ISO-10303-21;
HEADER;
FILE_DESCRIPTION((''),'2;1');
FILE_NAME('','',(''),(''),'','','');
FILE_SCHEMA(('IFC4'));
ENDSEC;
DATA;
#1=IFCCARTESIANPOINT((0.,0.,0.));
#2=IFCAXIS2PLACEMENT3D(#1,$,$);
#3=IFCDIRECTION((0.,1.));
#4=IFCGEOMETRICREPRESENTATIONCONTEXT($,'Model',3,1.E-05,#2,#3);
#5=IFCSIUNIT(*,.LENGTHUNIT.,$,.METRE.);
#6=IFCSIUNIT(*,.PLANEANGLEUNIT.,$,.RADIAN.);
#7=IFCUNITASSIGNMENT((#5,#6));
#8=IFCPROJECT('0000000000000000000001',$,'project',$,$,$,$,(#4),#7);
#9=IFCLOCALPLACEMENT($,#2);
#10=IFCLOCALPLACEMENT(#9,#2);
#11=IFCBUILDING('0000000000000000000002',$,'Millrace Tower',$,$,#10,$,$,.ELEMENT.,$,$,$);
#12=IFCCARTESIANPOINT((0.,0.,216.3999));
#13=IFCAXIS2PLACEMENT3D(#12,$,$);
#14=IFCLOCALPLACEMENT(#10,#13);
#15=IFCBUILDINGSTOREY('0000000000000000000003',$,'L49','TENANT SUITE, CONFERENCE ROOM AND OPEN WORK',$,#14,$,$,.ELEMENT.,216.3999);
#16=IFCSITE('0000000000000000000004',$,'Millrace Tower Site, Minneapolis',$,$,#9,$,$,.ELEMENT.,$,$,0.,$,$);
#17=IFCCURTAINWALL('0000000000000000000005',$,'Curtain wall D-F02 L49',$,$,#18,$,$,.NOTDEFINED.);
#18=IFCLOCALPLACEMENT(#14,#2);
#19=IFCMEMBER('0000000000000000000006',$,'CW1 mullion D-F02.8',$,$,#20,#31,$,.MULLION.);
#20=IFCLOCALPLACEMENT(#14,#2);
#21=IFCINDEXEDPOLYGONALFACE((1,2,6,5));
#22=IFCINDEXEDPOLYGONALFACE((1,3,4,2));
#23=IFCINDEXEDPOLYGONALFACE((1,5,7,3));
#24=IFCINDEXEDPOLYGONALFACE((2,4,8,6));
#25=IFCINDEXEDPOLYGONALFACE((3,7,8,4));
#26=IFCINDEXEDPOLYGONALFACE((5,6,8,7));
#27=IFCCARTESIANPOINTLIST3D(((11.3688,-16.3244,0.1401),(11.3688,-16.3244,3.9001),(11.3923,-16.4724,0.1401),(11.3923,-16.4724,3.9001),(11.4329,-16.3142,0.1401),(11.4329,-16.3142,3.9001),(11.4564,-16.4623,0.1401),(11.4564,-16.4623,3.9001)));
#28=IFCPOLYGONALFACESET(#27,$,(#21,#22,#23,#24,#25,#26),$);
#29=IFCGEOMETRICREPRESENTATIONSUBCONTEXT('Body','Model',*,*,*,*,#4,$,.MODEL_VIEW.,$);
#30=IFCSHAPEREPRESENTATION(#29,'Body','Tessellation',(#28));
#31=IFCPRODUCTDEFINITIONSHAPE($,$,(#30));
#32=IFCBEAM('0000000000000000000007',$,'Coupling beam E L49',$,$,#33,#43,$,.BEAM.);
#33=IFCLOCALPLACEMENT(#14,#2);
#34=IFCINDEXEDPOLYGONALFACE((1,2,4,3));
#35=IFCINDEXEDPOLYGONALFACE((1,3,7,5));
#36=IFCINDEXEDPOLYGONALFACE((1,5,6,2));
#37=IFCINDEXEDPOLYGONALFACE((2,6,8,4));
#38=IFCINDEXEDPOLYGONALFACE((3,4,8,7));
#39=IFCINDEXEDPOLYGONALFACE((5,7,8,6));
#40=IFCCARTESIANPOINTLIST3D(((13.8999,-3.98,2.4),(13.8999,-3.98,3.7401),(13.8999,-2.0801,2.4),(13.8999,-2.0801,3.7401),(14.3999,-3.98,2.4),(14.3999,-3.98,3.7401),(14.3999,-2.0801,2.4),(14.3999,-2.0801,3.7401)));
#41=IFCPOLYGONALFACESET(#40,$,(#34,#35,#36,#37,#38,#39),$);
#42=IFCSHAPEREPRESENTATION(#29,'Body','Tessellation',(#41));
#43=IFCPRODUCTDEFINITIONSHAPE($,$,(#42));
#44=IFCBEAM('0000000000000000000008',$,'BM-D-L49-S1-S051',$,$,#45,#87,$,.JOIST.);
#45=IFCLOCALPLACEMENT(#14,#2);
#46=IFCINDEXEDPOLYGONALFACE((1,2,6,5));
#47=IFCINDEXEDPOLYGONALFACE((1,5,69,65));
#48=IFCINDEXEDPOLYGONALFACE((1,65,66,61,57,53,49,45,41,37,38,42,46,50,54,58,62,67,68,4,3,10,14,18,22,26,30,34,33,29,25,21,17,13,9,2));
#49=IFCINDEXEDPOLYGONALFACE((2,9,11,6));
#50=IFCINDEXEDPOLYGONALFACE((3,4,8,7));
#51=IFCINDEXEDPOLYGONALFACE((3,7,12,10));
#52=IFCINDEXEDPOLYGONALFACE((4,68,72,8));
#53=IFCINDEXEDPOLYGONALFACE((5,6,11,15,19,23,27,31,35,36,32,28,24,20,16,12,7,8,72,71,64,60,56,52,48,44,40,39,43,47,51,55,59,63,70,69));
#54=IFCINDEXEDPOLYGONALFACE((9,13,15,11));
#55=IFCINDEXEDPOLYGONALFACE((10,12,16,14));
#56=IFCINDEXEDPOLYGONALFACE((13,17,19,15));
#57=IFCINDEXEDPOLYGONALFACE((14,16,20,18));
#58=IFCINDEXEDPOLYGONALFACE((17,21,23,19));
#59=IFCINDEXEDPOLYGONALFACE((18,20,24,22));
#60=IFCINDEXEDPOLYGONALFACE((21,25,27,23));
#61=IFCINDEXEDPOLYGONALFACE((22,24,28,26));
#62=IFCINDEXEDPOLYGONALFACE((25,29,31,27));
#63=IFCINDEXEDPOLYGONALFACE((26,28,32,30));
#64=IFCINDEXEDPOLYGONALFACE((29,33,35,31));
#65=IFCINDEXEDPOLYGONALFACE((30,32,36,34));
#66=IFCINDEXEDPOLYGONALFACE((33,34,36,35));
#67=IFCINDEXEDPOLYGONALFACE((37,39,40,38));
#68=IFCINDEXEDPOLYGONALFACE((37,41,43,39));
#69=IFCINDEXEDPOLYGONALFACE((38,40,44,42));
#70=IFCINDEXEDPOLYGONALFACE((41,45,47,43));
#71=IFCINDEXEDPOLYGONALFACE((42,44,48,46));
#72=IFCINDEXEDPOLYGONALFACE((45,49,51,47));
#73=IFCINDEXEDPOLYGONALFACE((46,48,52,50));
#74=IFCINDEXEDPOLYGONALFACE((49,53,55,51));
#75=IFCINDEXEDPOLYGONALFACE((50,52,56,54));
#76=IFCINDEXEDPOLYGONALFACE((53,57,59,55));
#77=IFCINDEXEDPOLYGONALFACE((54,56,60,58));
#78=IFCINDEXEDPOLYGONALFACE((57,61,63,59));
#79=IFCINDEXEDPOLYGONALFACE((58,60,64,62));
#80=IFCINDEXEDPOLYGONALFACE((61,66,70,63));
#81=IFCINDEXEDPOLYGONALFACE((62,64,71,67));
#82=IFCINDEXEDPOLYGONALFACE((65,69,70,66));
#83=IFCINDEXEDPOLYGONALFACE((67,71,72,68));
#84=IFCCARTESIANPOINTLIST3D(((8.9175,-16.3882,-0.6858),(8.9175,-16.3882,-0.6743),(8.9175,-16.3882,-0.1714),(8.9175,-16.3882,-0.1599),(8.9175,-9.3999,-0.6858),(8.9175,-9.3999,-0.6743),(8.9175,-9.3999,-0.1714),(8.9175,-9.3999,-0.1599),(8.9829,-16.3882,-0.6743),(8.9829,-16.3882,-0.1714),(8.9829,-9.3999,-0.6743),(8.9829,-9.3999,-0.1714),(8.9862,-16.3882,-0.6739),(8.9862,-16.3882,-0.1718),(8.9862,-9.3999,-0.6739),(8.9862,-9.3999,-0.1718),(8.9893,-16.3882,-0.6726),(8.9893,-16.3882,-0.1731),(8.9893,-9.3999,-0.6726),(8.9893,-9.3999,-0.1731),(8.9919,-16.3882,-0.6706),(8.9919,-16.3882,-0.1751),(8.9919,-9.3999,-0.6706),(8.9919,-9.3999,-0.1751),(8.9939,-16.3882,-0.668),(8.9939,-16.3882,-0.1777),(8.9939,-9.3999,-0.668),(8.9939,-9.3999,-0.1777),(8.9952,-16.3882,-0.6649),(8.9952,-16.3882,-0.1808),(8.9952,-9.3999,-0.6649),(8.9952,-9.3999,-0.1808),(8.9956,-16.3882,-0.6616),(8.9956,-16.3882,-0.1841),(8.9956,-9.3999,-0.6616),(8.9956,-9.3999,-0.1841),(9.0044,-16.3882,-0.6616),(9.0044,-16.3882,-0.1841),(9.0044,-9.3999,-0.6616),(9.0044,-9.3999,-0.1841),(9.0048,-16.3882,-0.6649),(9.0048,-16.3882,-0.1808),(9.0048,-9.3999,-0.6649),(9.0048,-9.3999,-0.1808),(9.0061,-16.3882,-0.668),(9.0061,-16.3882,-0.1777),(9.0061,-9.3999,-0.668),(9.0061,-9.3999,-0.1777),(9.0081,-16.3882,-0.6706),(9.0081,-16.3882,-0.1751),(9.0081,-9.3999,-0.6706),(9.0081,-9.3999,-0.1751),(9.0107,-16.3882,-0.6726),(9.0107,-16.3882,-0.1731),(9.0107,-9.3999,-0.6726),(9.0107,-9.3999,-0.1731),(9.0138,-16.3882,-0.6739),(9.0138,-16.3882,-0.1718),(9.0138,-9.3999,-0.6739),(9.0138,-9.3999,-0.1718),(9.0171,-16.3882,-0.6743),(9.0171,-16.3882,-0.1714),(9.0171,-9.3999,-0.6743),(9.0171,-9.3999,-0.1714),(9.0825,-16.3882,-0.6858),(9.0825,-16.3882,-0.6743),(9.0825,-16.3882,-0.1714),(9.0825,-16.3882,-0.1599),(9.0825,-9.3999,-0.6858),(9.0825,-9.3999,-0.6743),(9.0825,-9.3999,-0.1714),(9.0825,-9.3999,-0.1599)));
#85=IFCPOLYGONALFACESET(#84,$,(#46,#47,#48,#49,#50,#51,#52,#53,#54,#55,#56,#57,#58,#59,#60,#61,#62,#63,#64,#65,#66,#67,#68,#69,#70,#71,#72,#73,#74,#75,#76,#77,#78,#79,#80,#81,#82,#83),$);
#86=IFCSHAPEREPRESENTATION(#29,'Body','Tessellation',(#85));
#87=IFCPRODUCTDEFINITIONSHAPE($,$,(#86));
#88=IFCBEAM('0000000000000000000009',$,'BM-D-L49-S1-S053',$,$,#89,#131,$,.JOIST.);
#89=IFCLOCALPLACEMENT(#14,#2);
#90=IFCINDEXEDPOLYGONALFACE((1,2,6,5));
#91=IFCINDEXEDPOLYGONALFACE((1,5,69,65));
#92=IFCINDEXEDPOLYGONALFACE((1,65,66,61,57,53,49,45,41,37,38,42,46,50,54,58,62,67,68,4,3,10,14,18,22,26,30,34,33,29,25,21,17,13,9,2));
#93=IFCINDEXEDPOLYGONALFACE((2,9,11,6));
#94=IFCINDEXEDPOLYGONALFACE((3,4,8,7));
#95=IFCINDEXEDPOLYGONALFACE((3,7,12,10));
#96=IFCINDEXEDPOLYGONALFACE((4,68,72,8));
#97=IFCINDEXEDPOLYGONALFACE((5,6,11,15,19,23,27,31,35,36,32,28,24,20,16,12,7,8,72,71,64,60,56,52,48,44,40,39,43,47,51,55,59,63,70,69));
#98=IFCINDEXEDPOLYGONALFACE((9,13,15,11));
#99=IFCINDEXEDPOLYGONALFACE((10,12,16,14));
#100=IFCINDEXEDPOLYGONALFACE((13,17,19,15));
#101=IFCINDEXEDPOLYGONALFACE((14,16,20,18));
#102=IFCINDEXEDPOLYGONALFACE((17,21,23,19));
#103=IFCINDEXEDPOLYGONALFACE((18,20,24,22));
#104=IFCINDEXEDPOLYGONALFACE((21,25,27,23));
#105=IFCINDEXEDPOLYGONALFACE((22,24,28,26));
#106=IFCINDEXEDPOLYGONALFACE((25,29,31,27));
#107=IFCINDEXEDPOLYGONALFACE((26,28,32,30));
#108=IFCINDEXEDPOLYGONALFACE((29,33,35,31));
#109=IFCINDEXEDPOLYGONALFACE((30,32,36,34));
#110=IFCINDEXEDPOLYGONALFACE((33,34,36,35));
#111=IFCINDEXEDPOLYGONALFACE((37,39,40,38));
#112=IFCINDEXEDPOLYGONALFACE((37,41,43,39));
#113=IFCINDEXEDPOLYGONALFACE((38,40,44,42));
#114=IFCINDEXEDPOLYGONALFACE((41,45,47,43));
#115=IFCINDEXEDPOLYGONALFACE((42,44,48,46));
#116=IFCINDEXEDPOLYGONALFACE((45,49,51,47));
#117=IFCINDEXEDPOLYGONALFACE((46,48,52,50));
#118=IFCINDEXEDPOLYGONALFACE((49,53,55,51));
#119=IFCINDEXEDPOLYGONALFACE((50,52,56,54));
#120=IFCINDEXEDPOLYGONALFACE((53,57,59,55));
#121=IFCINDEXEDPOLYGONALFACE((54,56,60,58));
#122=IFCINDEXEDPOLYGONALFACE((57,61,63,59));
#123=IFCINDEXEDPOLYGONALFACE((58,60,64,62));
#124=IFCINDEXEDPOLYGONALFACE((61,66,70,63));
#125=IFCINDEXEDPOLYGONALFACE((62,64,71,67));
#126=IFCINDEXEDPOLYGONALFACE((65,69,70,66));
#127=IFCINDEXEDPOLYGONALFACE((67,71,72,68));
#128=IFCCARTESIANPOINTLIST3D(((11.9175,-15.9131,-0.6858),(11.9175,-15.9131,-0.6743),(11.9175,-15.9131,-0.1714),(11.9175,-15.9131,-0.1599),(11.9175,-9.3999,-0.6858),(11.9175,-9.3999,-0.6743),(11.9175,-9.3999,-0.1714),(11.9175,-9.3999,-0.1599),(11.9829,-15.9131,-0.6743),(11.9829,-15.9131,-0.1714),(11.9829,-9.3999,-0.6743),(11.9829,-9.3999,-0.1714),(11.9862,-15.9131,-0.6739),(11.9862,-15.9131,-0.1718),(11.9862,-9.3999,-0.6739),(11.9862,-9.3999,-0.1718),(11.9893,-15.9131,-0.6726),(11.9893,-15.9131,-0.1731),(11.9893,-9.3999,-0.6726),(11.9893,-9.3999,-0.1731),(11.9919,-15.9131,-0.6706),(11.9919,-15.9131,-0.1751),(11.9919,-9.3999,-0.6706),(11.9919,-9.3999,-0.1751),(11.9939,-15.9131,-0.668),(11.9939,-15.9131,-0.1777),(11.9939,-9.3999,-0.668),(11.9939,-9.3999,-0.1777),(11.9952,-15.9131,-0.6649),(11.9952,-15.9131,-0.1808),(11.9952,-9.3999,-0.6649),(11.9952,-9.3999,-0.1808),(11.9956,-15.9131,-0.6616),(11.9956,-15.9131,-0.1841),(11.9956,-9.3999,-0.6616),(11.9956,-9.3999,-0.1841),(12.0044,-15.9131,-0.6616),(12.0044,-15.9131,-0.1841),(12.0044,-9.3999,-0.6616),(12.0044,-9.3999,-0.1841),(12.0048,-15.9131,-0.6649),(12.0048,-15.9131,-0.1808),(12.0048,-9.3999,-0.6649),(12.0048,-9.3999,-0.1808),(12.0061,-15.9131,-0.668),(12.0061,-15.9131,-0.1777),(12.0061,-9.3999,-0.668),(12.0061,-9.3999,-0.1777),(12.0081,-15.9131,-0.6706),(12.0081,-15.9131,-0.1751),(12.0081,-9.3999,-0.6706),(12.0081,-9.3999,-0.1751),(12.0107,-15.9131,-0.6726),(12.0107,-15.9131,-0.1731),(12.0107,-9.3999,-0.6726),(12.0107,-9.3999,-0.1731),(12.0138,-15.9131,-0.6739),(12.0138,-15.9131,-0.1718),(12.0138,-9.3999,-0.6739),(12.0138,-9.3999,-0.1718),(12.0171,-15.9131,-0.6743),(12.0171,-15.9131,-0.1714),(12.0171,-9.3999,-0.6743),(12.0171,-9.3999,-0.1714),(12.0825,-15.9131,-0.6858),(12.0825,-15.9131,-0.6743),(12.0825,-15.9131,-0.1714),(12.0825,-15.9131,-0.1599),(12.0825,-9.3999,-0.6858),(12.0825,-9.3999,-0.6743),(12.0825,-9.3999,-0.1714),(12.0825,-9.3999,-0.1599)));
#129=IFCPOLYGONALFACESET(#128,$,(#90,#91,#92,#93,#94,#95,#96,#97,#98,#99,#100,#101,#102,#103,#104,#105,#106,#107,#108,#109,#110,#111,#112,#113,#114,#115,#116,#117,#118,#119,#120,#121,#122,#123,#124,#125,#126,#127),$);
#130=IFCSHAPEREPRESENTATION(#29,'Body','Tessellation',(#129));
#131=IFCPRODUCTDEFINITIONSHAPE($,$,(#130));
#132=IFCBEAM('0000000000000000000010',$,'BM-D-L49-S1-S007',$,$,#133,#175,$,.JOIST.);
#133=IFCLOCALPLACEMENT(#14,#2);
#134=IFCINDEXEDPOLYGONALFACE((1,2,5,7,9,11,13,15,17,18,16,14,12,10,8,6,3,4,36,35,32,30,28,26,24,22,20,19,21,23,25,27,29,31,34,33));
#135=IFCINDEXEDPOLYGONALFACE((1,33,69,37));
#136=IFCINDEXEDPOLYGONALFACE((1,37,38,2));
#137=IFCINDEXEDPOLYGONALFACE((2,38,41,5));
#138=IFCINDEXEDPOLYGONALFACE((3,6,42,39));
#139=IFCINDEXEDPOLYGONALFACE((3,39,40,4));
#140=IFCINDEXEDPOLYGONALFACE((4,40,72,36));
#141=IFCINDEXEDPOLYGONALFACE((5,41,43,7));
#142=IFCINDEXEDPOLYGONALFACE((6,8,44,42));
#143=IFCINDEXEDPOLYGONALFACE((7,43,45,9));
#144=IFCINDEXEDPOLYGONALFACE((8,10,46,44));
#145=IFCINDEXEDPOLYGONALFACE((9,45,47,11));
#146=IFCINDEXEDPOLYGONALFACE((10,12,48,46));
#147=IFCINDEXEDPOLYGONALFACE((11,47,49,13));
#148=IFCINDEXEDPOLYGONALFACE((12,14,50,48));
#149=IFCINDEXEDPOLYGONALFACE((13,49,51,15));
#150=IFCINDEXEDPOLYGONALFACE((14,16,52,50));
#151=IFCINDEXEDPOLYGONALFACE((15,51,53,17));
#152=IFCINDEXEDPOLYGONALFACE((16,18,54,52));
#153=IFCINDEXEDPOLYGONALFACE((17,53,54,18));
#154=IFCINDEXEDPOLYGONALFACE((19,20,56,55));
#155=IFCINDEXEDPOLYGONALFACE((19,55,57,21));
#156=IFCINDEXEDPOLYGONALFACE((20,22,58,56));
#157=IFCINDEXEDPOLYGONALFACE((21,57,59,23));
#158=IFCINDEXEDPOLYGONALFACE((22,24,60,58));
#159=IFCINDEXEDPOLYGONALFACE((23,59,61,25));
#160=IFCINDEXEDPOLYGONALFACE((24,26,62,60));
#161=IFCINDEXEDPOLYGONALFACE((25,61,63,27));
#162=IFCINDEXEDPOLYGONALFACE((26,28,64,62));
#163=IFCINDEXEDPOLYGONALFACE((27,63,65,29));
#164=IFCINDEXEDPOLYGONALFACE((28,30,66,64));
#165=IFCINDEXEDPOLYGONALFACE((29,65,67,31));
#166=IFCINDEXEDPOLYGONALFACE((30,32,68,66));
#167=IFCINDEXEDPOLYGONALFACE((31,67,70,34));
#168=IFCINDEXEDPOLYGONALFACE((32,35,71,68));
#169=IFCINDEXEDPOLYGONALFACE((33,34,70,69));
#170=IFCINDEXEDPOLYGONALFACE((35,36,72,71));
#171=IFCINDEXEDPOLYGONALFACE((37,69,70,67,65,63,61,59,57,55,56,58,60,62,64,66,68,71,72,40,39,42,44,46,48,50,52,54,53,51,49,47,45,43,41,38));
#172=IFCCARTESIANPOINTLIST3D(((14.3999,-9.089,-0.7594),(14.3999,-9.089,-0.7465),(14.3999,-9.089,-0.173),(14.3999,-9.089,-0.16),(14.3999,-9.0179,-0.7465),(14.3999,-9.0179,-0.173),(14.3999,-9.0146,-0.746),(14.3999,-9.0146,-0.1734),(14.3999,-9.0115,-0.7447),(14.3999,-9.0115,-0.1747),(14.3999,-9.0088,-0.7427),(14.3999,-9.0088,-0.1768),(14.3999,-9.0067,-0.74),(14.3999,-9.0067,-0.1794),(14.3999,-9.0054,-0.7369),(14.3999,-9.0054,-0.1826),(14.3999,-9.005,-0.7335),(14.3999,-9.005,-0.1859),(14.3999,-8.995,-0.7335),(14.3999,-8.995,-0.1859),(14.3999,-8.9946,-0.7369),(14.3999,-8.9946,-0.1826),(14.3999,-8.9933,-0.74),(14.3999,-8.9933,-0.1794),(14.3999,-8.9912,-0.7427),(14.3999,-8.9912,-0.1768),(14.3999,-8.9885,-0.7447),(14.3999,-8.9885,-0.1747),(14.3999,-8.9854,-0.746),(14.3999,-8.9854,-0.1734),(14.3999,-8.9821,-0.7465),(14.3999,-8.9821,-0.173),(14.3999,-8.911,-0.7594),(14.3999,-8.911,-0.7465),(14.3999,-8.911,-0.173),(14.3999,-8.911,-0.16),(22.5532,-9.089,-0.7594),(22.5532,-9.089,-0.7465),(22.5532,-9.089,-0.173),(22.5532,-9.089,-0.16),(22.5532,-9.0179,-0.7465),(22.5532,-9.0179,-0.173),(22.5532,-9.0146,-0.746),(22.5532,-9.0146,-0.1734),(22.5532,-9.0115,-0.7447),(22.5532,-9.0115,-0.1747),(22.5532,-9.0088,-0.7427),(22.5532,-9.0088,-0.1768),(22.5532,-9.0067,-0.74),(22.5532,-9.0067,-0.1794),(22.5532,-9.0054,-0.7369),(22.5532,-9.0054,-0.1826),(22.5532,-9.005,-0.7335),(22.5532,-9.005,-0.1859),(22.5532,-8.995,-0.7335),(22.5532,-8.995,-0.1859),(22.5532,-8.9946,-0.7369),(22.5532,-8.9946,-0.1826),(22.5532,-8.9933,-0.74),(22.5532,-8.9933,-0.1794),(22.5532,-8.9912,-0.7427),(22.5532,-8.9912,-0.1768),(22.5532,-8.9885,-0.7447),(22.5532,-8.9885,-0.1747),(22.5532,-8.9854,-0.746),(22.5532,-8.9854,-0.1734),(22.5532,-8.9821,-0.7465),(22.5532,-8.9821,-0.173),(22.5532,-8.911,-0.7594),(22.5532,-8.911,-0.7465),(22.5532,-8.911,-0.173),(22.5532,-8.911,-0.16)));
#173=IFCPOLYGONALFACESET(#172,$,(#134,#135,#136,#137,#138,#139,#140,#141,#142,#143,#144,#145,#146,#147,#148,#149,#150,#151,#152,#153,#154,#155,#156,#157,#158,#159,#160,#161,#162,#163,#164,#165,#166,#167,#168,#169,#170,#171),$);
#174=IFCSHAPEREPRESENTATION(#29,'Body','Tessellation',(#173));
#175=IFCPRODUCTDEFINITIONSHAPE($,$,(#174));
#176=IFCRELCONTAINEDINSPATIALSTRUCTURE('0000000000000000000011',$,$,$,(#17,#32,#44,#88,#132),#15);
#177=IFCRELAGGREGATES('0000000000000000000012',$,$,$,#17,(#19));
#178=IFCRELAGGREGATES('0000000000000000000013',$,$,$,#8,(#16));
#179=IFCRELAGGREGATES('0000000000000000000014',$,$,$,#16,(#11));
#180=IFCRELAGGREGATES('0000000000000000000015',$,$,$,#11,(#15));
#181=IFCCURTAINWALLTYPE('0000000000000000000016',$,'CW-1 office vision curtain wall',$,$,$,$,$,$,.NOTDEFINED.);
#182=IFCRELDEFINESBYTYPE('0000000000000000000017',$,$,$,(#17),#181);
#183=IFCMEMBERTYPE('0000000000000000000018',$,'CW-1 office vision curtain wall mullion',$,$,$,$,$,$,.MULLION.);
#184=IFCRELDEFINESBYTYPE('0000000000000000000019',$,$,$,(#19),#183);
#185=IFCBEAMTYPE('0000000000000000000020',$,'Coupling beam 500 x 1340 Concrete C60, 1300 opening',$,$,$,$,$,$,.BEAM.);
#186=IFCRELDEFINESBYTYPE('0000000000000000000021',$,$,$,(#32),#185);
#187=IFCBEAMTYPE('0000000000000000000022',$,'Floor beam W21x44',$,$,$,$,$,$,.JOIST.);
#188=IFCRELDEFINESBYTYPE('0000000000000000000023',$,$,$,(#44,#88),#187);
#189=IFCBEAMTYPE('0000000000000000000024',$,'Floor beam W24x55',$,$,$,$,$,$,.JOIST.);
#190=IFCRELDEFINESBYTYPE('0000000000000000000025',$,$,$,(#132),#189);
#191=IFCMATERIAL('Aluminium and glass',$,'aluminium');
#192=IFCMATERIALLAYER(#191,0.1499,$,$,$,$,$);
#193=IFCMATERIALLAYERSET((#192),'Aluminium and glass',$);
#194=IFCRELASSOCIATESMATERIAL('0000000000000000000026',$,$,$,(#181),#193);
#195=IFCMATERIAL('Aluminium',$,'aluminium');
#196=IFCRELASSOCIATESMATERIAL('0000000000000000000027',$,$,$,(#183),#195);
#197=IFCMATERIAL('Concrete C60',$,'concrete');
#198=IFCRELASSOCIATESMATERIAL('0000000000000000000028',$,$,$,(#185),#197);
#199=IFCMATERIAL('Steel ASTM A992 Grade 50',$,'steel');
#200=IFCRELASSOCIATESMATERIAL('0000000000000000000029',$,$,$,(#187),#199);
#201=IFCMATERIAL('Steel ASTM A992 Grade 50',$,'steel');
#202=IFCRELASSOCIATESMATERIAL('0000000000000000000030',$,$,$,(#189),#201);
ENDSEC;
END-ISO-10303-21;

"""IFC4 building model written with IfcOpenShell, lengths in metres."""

from ifc_helpers import new_model, si_unit, direction, frame, origin, origin_2d, place, context, subcontext, project, spatial, rectangle, i_section, extrude, material, layer, layer_set, material_profile, profile_set, type_object, element, aggregate, save


model = new_model("IFC4")

# Units and contexts
model_context = context("Model", 3, precision=1e-05, world=origin(), true_north=direction((0.0, 1.0)))
body_context = subcontext(model_context, "Body", "Model", "MODEL_VIEW")
ifc_project = project(units=[si_unit("LENGTHUNIT", "METRE"), si_unit("PLANEANGLEUNIT", "RADIAN")], contexts=[model_context])

# Site, building, storey
site_placement = place(None, origin())
site = spatial("IfcSite", under=ifc_project, at=site_placement, Name="Millrace Tower Site, Minneapolis", CompositionType="ELEMENT", RefElevation=0.0)
building_placement = place(site_placement, origin())
building = spatial("IfcBuilding", under=site, at=building_placement, Name="Millrace Tower", CompositionType="ELEMENT")
storey_placement = place(building_placement, frame((0.0, 0.0, 216.3999)))
storey = spatial("IfcBuildingStorey", under=building, at=storey_placement, Name="L49", Description="TENANT SUITE, CONFERENCE ROOM AND OPEN WORK", CompositionType="ELEMENT", Elevation=216.3999)

# Curtain wall, member
ifc_material_1 = material(Name="Aluminium and glass", Category="aluminium")
ifc_layer_1 = layer(ifc_material_1, 0.1499)
ifc_layer_set_1 = layer_set([ifc_layer_1], Name="Aluminium and glass")
curtain_wall_type = type_object("IfcCurtainWallType", Name="CW-1 office vision curtain wall", PredefinedType="NOTDEFINED", material=ifc_layer_set_1)
placement = place(storey_placement, origin())
curtain_wall = element("IfcCurtainWall", 1, at=placement, inside=storey, type_object=curtain_wall_type, Name="Curtain wall D-F02 L49", PredefinedType="NOTDEFINED")
ifc_material_2 = material(Name="Aluminium", Category="aluminium")
ifc_material_profile_1 = material_profile(ifc_material_2, rectangle(XDim=0.0649, YDim=0.1499, at=origin_2d()))
ifc_profile_set_1 = profile_set([ifc_material_profile_1], Name="Aluminium")
member_type = type_object("IfcMemberType", Name="CW-1 office vision curtain wall mullion", PredefinedType="MULLION", material=ifc_profile_set_1)
member_placement = place(storey_placement, frame((11.4126, -16.3933, 0.1401), z_axis=(0.0, 0.0, 1.0), x_axis=(0.987688, 0.156434, 0.0)))
member = element("IfcMember", 2, at=member_placement, type_object=member_type, Name="CW1 mullion D-F02.8", PredefinedType="MULLION", context=body_context, shape_type="SweptSolid", body=[
    extrude(rectangle(XDim=0.0649, YDim=0.1499, at=origin_2d()), origin(), (0.0, 0.0, 1.0), 3.76),
])
aggregate(curtain_wall, [member])

# Beams
ifc_material_3 = material(Name="Concrete C60", Category="concrete")
ifc_material_profile_2 = material_profile(ifc_material_3, rectangle(XDim=0.5, YDim=1.3401, at=origin_2d()))
ifc_profile_set_2 = profile_set([ifc_material_profile_2], Name="Concrete C60")
beam_type_1 = type_object("IfcBeamType", Name="Coupling beam 500 x 1340 Concrete C60, 1300 opening", PredefinedType="BEAM", material=ifc_profile_set_2)
beam_1_placement = place(storey_placement, frame((14.1499, -2.0801, 3.0701), z_axis=(0.0, -1.0, 0.0), x_axis=(1.0, 0.0, 0.0)))
element("IfcBeam", 3, at=beam_1_placement, inside=storey, type_object=beam_type_1, Name="Coupling beam E L49", PredefinedType="BEAM", context=body_context, shape_type="SweptSolid", body=[
    extrude(rectangle(XDim=0.5, YDim=1.3401, at=origin_2d()), origin(), (0.0, 0.0, 1.0), 1.8999),
])
ifc_material_4 = material(Name="Steel ASTM A992 Grade 50", Category="steel")
ifc_material_profile_3 = material_profile(ifc_material_4, i_section(OverallWidth=0.165, OverallDepth=0.5259, WebThickness=0.0088, FlangeThickness=0.0115, FilletRadius=0.0127, at=origin_2d()))
ifc_profile_set_3 = profile_set([ifc_material_profile_3], Name="Steel ASTM A992 Grade 50")
beam_type_2 = type_object("IfcBeamType", Name="Floor beam W21x44", PredefinedType="JOIST", material=ifc_profile_set_3)
beam_2_placement = place(storey_placement, frame((9.0, -16.3882, -0.4229), z_axis=(0.0, 1.0, 0.0), x_axis=(-1.0, 0.0, 0.0)))
element("IfcBeam", 4, at=beam_2_placement, inside=storey, type_object=beam_type_2, Name="BM-D-L49-S1-S051", PredefinedType="JOIST", context=body_context, shape_type="SweptSolid", body=[
    extrude(i_section(OverallWidth=0.165, OverallDepth=0.5259, WebThickness=0.0088, FlangeThickness=0.0115, FilletRadius=0.0127, at=origin_2d()), origin(), (0.0, 0.0, 1.0), 6.9883),
])
beam_3_placement = place(storey_placement, frame((12.0, -15.9131, -0.4229), z_axis=(0.0, 1.0, 0.0), x_axis=(-1.0, 0.0, 0.0)))
element("IfcBeam", 5, at=beam_3_placement, inside=storey, type_object=beam_type_2, Name="BM-D-L49-S1-S053", PredefinedType="JOIST", context=body_context, shape_type="SweptSolid", body=[
    extrude(i_section(OverallWidth=0.165, OverallDepth=0.5259, WebThickness=0.0088, FlangeThickness=0.0115, FilletRadius=0.0127, at=origin_2d()), origin(), (0.0, 0.0, 1.0), 6.5132),
])
ifc_material_5 = material(Name="Steel ASTM A992 Grade 50", Category="steel")
ifc_material_profile_4 = material_profile(ifc_material_5, i_section(OverallWidth=0.178, OverallDepth=0.5994, WebThickness=0.01, FlangeThickness=0.0129, FilletRadius=0.0129, at=origin_2d()))
ifc_profile_set_4 = profile_set([ifc_material_profile_4], Name="Steel ASTM A992 Grade 50")
beam_type_3 = type_object("IfcBeamType", Name="Floor beam W24x55", PredefinedType="JOIST", material=ifc_profile_set_4)
beam_4_placement = place(storey_placement, frame((14.3999, -9.0, -0.4597), z_axis=(1.0, 0.0, 0.0), x_axis=(0.0, 1.0, 0.0)))
element("IfcBeam", 6, at=beam_4_placement, inside=storey, type_object=beam_type_3, Name="BM-D-L49-S1-S007", PredefinedType="JOIST", context=body_context, shape_type="SweptSolid", body=[
    extrude(i_section(OverallWidth=0.178, OverallDepth=0.5994, WebThickness=0.01, FlangeThickness=0.0129, FilletRadius=0.0129, at=origin_2d()), origin(), (0.0, 0.0, 1.0), 8.1533),
])

save(model, "model.ifc")
